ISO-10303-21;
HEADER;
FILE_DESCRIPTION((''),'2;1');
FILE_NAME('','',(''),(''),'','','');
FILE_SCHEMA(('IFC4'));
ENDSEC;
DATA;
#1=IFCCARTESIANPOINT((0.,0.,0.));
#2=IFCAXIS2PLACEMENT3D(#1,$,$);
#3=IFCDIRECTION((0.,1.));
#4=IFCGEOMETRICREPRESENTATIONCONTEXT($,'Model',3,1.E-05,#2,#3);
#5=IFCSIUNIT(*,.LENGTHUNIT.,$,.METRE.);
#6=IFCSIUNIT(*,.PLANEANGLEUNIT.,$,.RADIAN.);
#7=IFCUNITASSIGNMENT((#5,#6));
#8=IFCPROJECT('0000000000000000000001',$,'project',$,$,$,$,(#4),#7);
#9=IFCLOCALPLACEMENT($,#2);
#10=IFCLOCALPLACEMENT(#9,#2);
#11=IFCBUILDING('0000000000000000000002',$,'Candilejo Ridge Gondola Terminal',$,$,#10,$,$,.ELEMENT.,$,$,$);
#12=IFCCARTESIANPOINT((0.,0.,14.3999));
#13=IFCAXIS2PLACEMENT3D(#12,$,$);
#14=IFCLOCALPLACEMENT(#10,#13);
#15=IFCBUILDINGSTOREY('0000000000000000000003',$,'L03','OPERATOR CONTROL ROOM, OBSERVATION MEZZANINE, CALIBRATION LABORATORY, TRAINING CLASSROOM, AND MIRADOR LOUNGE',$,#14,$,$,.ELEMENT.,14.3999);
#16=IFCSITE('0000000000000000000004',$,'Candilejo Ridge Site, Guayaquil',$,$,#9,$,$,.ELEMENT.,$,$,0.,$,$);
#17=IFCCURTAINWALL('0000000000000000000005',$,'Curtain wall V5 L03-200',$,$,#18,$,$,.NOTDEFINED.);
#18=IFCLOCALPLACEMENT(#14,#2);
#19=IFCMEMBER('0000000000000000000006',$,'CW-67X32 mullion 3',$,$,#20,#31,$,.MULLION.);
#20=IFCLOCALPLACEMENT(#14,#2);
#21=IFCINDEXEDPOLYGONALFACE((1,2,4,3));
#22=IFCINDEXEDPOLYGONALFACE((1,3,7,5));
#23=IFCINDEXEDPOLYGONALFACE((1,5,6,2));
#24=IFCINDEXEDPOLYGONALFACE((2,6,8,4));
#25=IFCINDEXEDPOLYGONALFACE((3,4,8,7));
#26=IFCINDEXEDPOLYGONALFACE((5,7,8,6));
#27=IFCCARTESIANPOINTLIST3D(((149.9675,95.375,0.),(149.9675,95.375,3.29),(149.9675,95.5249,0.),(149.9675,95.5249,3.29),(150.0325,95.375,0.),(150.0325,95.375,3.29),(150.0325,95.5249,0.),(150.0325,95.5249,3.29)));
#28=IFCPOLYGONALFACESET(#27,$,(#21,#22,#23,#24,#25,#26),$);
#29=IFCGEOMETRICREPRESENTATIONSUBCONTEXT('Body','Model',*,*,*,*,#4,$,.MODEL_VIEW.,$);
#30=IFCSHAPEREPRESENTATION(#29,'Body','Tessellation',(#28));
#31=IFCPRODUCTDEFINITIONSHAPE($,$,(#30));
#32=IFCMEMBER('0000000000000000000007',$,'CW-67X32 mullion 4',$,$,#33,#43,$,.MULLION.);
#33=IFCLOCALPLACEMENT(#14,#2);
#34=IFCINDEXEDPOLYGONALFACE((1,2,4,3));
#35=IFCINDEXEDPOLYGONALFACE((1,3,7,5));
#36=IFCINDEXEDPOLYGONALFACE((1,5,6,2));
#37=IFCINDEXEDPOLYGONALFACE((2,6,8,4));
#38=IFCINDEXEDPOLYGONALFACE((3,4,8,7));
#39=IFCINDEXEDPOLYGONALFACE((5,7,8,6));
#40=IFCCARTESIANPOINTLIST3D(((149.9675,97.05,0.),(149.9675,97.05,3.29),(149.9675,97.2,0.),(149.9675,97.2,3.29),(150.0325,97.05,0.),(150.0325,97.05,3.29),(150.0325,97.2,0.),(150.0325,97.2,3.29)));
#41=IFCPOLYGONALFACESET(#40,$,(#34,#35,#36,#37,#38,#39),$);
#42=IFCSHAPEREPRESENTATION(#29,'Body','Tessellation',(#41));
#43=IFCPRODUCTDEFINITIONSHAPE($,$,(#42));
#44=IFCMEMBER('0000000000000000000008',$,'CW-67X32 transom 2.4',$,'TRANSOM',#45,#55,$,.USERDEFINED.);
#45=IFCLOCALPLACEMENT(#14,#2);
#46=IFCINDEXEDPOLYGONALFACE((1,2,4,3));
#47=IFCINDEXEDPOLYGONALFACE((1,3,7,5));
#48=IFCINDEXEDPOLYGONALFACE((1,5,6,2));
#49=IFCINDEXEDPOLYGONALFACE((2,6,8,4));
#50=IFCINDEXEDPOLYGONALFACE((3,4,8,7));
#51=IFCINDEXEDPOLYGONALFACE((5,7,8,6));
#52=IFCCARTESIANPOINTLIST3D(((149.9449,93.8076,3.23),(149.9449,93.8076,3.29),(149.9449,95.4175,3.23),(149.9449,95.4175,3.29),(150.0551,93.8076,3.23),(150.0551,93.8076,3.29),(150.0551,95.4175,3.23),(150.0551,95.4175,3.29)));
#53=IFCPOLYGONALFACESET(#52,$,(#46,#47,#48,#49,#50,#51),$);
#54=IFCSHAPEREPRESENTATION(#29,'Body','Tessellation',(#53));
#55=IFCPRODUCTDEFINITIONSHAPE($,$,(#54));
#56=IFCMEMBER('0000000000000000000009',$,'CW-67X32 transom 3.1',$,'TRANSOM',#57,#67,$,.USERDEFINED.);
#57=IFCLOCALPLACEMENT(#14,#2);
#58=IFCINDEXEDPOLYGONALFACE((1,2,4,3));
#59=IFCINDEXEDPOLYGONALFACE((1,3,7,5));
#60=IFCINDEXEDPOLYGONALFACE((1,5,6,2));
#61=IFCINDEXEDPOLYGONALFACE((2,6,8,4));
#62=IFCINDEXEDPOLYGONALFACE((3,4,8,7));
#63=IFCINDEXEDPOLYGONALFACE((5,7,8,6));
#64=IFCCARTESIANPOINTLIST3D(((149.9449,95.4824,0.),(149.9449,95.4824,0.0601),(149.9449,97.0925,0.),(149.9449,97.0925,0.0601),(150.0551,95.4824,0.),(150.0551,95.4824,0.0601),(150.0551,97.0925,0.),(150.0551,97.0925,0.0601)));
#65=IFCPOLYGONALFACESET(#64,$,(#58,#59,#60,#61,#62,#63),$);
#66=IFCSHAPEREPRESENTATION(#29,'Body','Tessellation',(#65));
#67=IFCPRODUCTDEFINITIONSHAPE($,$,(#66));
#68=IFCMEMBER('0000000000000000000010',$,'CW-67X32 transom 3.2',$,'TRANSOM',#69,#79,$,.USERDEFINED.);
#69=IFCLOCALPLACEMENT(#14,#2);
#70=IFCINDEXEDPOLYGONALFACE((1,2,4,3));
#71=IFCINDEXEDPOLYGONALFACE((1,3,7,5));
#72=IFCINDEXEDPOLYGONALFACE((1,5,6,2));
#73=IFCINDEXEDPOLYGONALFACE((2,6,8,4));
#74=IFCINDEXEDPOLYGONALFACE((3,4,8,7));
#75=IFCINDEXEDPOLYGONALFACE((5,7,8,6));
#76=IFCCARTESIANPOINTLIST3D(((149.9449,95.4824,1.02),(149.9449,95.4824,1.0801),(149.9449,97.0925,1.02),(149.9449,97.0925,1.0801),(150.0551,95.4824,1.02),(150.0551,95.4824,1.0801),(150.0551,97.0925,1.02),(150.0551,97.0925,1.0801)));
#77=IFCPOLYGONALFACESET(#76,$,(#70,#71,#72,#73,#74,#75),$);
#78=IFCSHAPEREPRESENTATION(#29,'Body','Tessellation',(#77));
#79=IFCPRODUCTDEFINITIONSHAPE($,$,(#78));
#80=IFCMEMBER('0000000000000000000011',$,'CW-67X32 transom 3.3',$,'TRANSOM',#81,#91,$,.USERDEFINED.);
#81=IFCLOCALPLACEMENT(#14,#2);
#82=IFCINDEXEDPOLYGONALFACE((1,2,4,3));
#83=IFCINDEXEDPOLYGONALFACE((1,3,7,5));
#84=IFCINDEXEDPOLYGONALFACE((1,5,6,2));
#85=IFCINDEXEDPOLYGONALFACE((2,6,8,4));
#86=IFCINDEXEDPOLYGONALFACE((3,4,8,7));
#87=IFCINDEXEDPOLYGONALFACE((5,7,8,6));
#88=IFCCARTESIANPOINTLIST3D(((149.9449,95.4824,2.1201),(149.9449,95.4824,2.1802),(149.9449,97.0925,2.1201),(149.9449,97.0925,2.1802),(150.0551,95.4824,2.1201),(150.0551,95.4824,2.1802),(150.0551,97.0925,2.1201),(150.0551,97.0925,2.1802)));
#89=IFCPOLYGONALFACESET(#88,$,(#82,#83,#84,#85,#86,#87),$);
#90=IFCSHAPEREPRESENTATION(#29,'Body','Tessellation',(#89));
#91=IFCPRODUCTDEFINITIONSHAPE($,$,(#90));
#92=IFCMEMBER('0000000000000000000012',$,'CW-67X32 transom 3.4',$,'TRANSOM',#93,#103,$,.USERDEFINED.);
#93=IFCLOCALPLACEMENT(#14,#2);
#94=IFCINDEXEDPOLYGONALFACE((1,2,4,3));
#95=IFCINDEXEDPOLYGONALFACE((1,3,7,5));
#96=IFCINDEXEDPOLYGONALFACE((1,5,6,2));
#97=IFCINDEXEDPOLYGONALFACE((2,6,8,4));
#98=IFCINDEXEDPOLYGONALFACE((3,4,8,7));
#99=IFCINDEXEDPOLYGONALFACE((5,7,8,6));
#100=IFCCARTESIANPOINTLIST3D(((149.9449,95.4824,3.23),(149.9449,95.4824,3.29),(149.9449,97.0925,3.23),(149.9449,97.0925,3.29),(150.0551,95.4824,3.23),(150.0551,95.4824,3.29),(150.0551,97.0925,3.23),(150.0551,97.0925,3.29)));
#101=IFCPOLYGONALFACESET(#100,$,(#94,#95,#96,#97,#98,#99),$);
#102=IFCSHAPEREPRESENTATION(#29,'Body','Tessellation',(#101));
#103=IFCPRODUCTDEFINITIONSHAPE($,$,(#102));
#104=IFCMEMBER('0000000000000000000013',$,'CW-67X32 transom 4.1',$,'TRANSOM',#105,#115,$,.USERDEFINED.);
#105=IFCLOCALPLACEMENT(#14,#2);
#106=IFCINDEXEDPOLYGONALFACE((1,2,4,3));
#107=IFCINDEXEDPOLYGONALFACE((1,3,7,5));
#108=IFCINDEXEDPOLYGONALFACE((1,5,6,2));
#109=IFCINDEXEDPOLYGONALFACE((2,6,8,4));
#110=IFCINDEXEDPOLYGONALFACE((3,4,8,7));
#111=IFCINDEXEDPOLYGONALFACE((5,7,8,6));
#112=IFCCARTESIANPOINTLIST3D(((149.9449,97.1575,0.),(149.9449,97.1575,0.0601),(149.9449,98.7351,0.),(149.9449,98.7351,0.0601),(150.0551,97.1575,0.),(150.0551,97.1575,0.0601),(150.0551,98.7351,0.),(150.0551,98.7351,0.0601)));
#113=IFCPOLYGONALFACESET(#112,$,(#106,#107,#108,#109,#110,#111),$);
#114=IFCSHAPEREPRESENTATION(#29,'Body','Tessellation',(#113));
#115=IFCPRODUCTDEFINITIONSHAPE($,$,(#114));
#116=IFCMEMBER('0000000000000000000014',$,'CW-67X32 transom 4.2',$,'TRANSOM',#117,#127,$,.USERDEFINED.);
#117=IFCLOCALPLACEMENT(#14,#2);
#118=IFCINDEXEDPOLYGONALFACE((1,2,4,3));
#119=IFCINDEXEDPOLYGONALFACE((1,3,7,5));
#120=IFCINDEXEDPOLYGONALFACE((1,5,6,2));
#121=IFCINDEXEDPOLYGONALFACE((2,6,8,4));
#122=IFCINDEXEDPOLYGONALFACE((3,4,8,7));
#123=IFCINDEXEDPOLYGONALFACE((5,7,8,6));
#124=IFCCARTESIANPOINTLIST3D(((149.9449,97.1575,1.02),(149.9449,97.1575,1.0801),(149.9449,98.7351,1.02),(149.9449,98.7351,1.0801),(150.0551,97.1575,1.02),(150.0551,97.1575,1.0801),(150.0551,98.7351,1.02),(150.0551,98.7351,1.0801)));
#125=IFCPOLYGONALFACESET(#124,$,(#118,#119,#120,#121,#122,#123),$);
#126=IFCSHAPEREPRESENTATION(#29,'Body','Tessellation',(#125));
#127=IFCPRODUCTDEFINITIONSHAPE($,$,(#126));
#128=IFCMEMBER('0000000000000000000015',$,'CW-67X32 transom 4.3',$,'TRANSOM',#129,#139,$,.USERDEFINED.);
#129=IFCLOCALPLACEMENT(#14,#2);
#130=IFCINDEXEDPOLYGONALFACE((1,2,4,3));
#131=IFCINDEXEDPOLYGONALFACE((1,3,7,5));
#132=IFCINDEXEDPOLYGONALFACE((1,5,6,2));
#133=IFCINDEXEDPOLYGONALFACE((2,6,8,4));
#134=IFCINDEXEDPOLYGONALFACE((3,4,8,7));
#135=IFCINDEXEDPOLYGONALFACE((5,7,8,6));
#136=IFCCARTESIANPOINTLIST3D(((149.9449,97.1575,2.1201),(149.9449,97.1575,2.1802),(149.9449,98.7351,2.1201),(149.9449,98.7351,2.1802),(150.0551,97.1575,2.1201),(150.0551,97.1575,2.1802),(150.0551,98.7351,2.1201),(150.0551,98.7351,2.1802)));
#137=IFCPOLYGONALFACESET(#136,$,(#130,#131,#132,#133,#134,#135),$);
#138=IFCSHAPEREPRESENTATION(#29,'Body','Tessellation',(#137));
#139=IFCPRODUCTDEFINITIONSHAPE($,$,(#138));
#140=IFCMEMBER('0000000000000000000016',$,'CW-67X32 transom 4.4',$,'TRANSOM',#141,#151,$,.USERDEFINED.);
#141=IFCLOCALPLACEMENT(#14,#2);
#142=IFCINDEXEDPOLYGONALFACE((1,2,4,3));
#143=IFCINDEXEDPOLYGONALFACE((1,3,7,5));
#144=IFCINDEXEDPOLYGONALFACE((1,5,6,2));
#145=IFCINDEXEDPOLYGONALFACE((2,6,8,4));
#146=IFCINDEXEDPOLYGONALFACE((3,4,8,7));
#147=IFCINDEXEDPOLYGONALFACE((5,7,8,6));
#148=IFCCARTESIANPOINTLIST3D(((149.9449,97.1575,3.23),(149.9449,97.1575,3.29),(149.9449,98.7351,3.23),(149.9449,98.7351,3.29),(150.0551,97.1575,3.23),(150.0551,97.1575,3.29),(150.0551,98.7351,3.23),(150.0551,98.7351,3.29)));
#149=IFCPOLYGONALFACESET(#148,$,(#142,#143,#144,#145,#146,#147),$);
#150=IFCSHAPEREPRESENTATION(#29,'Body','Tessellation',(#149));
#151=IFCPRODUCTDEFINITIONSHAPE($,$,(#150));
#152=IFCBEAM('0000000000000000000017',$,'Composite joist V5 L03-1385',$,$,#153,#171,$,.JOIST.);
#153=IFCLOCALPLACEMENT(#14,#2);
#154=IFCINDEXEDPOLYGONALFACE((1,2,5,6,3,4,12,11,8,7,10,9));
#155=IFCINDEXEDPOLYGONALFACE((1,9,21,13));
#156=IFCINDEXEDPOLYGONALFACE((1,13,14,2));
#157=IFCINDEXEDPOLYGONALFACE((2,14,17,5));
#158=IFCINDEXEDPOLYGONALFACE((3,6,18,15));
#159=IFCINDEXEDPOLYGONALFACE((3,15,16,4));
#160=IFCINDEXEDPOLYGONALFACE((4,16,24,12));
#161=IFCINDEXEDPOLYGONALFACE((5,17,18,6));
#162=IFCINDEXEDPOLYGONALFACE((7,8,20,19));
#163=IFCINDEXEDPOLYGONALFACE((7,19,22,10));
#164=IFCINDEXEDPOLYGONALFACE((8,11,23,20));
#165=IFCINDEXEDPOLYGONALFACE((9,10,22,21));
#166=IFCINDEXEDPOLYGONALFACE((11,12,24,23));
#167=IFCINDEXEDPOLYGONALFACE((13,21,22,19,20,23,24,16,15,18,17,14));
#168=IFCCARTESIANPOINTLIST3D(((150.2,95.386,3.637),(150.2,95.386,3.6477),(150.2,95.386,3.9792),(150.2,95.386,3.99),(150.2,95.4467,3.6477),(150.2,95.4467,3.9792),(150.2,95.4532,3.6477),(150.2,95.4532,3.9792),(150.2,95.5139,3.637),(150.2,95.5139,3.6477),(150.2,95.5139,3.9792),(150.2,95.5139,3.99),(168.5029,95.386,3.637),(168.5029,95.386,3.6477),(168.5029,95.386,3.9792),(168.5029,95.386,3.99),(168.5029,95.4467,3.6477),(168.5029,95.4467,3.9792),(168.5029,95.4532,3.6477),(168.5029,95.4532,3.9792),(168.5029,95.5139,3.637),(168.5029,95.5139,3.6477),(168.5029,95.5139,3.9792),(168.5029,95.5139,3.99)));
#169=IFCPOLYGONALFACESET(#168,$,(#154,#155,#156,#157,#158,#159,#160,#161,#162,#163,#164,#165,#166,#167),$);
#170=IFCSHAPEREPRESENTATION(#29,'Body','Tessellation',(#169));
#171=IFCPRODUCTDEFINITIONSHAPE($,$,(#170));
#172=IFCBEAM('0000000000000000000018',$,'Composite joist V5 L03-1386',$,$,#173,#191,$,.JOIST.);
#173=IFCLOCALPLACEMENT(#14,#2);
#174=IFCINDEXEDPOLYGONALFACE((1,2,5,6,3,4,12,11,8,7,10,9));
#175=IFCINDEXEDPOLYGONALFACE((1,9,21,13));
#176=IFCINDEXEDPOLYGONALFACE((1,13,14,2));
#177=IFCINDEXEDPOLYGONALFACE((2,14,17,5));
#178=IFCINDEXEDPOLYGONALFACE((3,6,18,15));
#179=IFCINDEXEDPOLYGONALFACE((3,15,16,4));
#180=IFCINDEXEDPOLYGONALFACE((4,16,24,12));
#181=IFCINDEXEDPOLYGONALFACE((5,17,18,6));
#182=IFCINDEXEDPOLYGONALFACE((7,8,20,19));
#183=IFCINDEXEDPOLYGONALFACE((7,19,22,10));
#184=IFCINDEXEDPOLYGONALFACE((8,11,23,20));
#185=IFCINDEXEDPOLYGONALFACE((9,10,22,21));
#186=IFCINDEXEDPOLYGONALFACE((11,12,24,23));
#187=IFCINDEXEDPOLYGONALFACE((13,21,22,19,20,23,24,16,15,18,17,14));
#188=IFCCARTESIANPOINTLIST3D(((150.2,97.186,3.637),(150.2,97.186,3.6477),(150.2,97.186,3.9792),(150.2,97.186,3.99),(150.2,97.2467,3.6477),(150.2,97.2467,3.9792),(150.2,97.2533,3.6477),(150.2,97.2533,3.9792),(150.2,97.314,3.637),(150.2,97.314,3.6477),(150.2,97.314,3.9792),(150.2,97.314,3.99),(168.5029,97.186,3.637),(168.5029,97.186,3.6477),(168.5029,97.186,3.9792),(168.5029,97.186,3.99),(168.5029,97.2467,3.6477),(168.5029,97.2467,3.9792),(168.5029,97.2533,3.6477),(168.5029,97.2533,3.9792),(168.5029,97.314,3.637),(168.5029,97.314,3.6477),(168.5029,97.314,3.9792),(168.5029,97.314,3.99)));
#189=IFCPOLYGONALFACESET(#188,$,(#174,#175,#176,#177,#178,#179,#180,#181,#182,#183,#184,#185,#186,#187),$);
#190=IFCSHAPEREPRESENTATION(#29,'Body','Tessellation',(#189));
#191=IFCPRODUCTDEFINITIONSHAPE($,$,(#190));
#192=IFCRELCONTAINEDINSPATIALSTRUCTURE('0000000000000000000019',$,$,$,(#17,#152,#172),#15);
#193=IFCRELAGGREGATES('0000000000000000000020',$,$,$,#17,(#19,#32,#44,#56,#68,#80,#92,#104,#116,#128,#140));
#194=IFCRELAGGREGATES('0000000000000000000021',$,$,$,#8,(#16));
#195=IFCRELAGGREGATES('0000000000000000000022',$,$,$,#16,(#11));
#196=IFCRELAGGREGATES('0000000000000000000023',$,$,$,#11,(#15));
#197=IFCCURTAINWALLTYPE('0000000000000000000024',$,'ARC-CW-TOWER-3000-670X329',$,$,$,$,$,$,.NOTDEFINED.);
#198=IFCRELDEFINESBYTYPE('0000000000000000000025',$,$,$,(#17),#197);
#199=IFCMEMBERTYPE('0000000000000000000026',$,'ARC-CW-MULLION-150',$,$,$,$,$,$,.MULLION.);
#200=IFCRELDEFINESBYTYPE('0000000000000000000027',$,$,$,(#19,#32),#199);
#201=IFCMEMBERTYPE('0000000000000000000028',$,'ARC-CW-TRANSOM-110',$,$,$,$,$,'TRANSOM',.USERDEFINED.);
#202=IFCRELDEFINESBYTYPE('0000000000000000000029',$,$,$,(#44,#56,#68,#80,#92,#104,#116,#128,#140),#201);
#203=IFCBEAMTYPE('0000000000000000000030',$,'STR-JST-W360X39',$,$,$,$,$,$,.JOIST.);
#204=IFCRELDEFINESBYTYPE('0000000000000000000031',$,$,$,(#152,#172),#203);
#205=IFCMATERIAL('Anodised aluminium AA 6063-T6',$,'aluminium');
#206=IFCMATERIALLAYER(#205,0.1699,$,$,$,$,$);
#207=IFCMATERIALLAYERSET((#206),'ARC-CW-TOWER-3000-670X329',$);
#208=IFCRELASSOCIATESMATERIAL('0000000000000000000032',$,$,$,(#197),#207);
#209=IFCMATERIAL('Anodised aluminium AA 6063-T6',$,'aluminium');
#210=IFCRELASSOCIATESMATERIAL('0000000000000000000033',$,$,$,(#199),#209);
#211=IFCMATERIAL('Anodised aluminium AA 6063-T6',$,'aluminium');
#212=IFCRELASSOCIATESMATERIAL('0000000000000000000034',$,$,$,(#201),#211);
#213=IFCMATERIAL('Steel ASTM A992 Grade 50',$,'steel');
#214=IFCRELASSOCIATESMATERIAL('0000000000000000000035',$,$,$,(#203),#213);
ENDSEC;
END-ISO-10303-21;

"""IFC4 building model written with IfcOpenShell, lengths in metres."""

from ifc_helpers import new_model, si_unit, direction, frame, origin, origin_2d, place, context, subcontext, project, spatial, rectangle, i_section, extrude, material, layer, layer_set, material_profile, profile_set, type_object, element, aggregate, save


model = new_model("IFC4")

# Units and contexts
model_context = context("Model", 3, precision=1e-05, world=origin(), true_north=direction((0.0, 1.0)))
body_context = subcontext(model_context, "Body", "Model", "MODEL_VIEW")
ifc_project = project(units=[si_unit("LENGTHUNIT", "METRE"), si_unit("PLANEANGLEUNIT", "RADIAN")], contexts=[model_context])

# Site, building, storey
site_placement = place(None, origin())
site = spatial("IfcSite", under=ifc_project, at=site_placement, Name="Candilejo Ridge Site, Guayaquil", CompositionType="ELEMENT", RefElevation=0.0)
building_placement = place(site_placement, origin())
building = spatial("IfcBuilding", under=site, at=building_placement, Name="Candilejo Ridge Gondola Terminal", CompositionType="ELEMENT")
storey_placement = place(building_placement, frame((0.0, 0.0, 14.3999)))
storey = spatial("IfcBuildingStorey", under=building, at=storey_placement, Name="L03", Description="OPERATOR CONTROL ROOM, OBSERVATION MEZZANINE, CALIBRATION LABORATORY, TRAINING CLASSROOM, AND MIRADOR LOUNGE", CompositionType="ELEMENT", Elevation=14.3999)

# Curtain wall, members
ifc_material_1 = material(Name="Anodised aluminium AA 6063-T6", Category="aluminium")
ifc_layer_1 = layer(ifc_material_1, 0.1699)
ifc_layer_set_1 = layer_set([ifc_layer_1], Name="ARC-CW-TOWER-3000-670X329")
curtain_wall_type = type_object("IfcCurtainWallType", Name="ARC-CW-TOWER-3000-670X329", PredefinedType="NOTDEFINED", material=ifc_layer_set_1)
curtain_wall_placement = place(storey_placement, origin())
curtain_wall = element("IfcCurtainWall", 1, at=curtain_wall_placement, inside=storey, type_object=curtain_wall_type, Name="Curtain wall V5 L03-200", PredefinedType="NOTDEFINED")
ifc_material_2 = material(Name="Anodised aluminium AA 6063-T6", Category="aluminium")
ifc_material_profile_1 = material_profile(ifc_material_2, rectangle(XDim=0.0649, YDim=0.1499, at=origin_2d()))
ifc_profile_set_1 = profile_set([ifc_material_profile_1], Name="Anodised aluminium AA 6063-T6")
member_type_1 = type_object("IfcMemberType", Name="ARC-CW-MULLION-150", PredefinedType="MULLION", material=ifc_profile_set_1)
member_1_placement = place(storey_placement, frame((150.0, 95.45, 0.0), z_axis=(0.0, 0.0, 1.0), x_axis=(-1.0, 0.0, 0.0)))
member_1 = element("IfcMember", 2, at=member_1_placement, type_object=member_type_1, Name="CW-67X32 mullion 3", PredefinedType="MULLION", context=body_context, shape_type="SweptSolid", body=[
    extrude(rectangle(XDim=0.0649, YDim=0.1499, at=origin_2d()), origin(), (0.0, 0.0, 1.0), 3.29),
])
member_2_placement = place(storey_placement, frame((150.0, 97.125, 0.0), z_axis=(0.0, 0.0, 1.0), x_axis=(-1.0, 0.0, 0.0)))
member_2 = element("IfcMember", 3, at=member_2_placement, type_object=member_type_1, Name="CW-67X32 mullion 4", PredefinedType="MULLION", context=body_context, shape_type="SweptSolid", body=[
    extrude(rectangle(XDim=0.0649, YDim=0.1499, at=origin_2d()), origin(), (0.0, 0.0, 1.0), 3.29),
])
ifc_material_3 = material(Name="Anodised aluminium AA 6063-T6", Category="aluminium")
ifc_material_profile_2 = material_profile(ifc_material_3, rectangle(XDim=0.1101, YDim=0.0601, at=origin_2d()))
ifc_profile_set_2 = profile_set([ifc_material_profile_2], Name="Anodised aluminium AA 6063-T6")
member_type_2 = type_object("IfcMemberType", Name="ARC-CW-TRANSOM-110", ElementType="TRANSOM", PredefinedType="USERDEFINED", material=ifc_profile_set_2)
member_3_placement = place(storey_placement, frame((150.0, 93.8076, 3.26), z_axis=(0.0, 1.0, 0.0), x_axis=(-1.0, 0.0, 0.0)))
member_3 = element("IfcMember", 4, at=member_3_placement, type_object=member_type_2, Name="CW-67X32 transom 2.4", ObjectType="TRANSOM", PredefinedType="USERDEFINED", context=body_context, shape_type="SweptSolid", body=[
    extrude(rectangle(XDim=0.1101, YDim=0.0601, at=origin_2d()), origin(), (0.0, 0.0, 1.0), 1.6099),
])
member_4_placement = place(storey_placement, frame((150.0, 95.4824, 0.03), z_axis=(0.0, 1.0, 0.0), x_axis=(-1.0, 0.0, 0.0)))
member_4 = element("IfcMember", 5, at=member_4_placement, type_object=member_type_2, Name="CW-67X32 transom 3.1", ObjectType="TRANSOM", PredefinedType="USERDEFINED", context=body_context, shape_type="SweptSolid", body=[
    extrude(rectangle(XDim=0.1101, YDim=0.0601, at=origin_2d()), origin(), (0.0, 0.0, 1.0), 1.6101),
])
member_5_placement = place(storey_placement, frame((150.0, 95.4824, 1.05), z_axis=(0.0, 1.0, 0.0), x_axis=(-1.0, 0.0, 0.0)))
member_5 = element("IfcMember", 6, at=member_5_placement, type_object=member_type_2, Name="CW-67X32 transom 3.2", ObjectType="TRANSOM", PredefinedType="USERDEFINED", context=body_context, shape_type="SweptSolid", body=[
    extrude(rectangle(XDim=0.1101, YDim=0.0601, at=origin_2d()), origin(), (0.0, 0.0, 1.0), 1.6101),
])
member_6_placement = place(storey_placement, frame((150.0, 95.4824, 2.1501), z_axis=(0.0, 1.0, 0.0), x_axis=(-1.0, 0.0, 0.0)))
member_6 = element("IfcMember", 7, at=member_6_placement, type_object=member_type_2, Name="CW-67X32 transom 3.3", ObjectType="TRANSOM", PredefinedType="USERDEFINED", context=body_context, shape_type="SweptSolid", body=[
    extrude(rectangle(XDim=0.1101, YDim=0.0601, at=origin_2d()), origin(), (0.0, 0.0, 1.0), 1.6101),
])
member_7_placement = place(storey_placement, frame((150.0, 95.4824, 3.26), z_axis=(0.0, 1.0, 0.0), x_axis=(-1.0, 0.0, 0.0)))
member_7 = element("IfcMember", 8, at=member_7_placement, type_object=member_type_2, Name="CW-67X32 transom 3.4", ObjectType="TRANSOM", PredefinedType="USERDEFINED", context=body_context, shape_type="SweptSolid", body=[
    extrude(rectangle(XDim=0.1101, YDim=0.0601, at=origin_2d()), origin(), (0.0, 0.0, 1.0), 1.6101),
])
member_8_placement = place(storey_placement, frame((150.0, 97.1575, 0.03), z_axis=(0.0, 1.0, 0.0), x_axis=(-1.0, 0.0, 0.0)))
member_8 = element("IfcMember", 9, at=member_8_placement, type_object=member_type_2, Name="CW-67X32 transom 4.1", ObjectType="TRANSOM", PredefinedType="USERDEFINED", context=body_context, shape_type="SweptSolid", body=[
    extrude(rectangle(XDim=0.1101, YDim=0.0601, at=origin_2d()), origin(), (0.0, 0.0, 1.0), 1.5776),
])
member_9_placement = place(storey_placement, frame((150.0, 97.1575, 1.05), z_axis=(0.0, 1.0, 0.0), x_axis=(-1.0, 0.0, 0.0)))
member_9 = element("IfcMember", 10, at=member_9_placement, type_object=member_type_2, Name="CW-67X32 transom 4.2", ObjectType="TRANSOM", PredefinedType="USERDEFINED", context=body_context, shape_type="SweptSolid", body=[
    extrude(rectangle(XDim=0.1101, YDim=0.0601, at=origin_2d()), origin(), (0.0, 0.0, 1.0), 1.5776),
])
member_10_placement = place(storey_placement, frame((150.0, 97.1575, 2.1501), z_axis=(0.0, 1.0, 0.0), x_axis=(-1.0, 0.0, 0.0)))
member_10 = element("IfcMember", 11, at=member_10_placement, type_object=member_type_2, Name="CW-67X32 transom 4.3", ObjectType="TRANSOM", PredefinedType="USERDEFINED", context=body_context, shape_type="SweptSolid", body=[
    extrude(rectangle(XDim=0.1101, YDim=0.0601, at=origin_2d()), origin(), (0.0, 0.0, 1.0), 1.5776),
])
member_11_placement = place(storey_placement, frame((150.0, 97.1575, 3.26), z_axis=(0.0, 1.0, 0.0), x_axis=(-1.0, 0.0, 0.0)))
member_11 = element("IfcMember", 12, at=member_11_placement, type_object=member_type_2, Name="CW-67X32 transom 4.4", ObjectType="TRANSOM", PredefinedType="USERDEFINED", context=body_context, shape_type="SweptSolid", body=[
    extrude(rectangle(XDim=0.1101, YDim=0.0601, at=origin_2d()), origin(), (0.0, 0.0, 1.0), 1.5776),
])

# Beams
ifc_material_4 = material(Name="Steel ASTM A992 Grade 50", Category="steel")
ifc_material_profile_3 = material_profile(ifc_material_4, i_section(OverallWidth=0.1279, OverallDepth=0.353, WebThickness=0.0066, FlangeThickness=0.0107, at=origin_2d()))
ifc_profile_set_3 = profile_set([ifc_material_profile_3], Name="Steel ASTM A992 Grade 50")
beam_type = type_object("IfcBeamType", Name="STR-JST-W360X39", PredefinedType="JOIST", material=ifc_profile_set_3)
for number, where, z_axis, x_axis, name in (
    (13, (150.2, 95.45, 3.8135), (1.0, 0.0, 0.0), (0.0, 1.0, 0.0), "Composite joist V5 L03-1385"),
    (14, (150.2, 97.25, 3.8135), (1.0, 0.0, 0.0), (0.0, 1.0, 0.0), "Composite joist V5 L03-1386"),
):
    element("IfcBeam", number, at=place(storey_placement, frame(where, z_axis=z_axis, x_axis=x_axis)), inside=storey, type_object=beam_type, Name=name, PredefinedType="JOIST", context=body_context, shape_type="SweptSolid", body=[
        extrude(i_section(OverallWidth=0.1279, OverallDepth=0.353, WebThickness=0.0066, FlangeThickness=0.0107, at=origin_2d()), origin(), (0.0, 0.0, 1.0), 18.303),
    ])

aggregate(curtain_wall, [member_1, member_2, member_3, member_4, member_5, member_6, member_7, member_8, member_9, member_10, member_11])

save(model, "model.ifc")
